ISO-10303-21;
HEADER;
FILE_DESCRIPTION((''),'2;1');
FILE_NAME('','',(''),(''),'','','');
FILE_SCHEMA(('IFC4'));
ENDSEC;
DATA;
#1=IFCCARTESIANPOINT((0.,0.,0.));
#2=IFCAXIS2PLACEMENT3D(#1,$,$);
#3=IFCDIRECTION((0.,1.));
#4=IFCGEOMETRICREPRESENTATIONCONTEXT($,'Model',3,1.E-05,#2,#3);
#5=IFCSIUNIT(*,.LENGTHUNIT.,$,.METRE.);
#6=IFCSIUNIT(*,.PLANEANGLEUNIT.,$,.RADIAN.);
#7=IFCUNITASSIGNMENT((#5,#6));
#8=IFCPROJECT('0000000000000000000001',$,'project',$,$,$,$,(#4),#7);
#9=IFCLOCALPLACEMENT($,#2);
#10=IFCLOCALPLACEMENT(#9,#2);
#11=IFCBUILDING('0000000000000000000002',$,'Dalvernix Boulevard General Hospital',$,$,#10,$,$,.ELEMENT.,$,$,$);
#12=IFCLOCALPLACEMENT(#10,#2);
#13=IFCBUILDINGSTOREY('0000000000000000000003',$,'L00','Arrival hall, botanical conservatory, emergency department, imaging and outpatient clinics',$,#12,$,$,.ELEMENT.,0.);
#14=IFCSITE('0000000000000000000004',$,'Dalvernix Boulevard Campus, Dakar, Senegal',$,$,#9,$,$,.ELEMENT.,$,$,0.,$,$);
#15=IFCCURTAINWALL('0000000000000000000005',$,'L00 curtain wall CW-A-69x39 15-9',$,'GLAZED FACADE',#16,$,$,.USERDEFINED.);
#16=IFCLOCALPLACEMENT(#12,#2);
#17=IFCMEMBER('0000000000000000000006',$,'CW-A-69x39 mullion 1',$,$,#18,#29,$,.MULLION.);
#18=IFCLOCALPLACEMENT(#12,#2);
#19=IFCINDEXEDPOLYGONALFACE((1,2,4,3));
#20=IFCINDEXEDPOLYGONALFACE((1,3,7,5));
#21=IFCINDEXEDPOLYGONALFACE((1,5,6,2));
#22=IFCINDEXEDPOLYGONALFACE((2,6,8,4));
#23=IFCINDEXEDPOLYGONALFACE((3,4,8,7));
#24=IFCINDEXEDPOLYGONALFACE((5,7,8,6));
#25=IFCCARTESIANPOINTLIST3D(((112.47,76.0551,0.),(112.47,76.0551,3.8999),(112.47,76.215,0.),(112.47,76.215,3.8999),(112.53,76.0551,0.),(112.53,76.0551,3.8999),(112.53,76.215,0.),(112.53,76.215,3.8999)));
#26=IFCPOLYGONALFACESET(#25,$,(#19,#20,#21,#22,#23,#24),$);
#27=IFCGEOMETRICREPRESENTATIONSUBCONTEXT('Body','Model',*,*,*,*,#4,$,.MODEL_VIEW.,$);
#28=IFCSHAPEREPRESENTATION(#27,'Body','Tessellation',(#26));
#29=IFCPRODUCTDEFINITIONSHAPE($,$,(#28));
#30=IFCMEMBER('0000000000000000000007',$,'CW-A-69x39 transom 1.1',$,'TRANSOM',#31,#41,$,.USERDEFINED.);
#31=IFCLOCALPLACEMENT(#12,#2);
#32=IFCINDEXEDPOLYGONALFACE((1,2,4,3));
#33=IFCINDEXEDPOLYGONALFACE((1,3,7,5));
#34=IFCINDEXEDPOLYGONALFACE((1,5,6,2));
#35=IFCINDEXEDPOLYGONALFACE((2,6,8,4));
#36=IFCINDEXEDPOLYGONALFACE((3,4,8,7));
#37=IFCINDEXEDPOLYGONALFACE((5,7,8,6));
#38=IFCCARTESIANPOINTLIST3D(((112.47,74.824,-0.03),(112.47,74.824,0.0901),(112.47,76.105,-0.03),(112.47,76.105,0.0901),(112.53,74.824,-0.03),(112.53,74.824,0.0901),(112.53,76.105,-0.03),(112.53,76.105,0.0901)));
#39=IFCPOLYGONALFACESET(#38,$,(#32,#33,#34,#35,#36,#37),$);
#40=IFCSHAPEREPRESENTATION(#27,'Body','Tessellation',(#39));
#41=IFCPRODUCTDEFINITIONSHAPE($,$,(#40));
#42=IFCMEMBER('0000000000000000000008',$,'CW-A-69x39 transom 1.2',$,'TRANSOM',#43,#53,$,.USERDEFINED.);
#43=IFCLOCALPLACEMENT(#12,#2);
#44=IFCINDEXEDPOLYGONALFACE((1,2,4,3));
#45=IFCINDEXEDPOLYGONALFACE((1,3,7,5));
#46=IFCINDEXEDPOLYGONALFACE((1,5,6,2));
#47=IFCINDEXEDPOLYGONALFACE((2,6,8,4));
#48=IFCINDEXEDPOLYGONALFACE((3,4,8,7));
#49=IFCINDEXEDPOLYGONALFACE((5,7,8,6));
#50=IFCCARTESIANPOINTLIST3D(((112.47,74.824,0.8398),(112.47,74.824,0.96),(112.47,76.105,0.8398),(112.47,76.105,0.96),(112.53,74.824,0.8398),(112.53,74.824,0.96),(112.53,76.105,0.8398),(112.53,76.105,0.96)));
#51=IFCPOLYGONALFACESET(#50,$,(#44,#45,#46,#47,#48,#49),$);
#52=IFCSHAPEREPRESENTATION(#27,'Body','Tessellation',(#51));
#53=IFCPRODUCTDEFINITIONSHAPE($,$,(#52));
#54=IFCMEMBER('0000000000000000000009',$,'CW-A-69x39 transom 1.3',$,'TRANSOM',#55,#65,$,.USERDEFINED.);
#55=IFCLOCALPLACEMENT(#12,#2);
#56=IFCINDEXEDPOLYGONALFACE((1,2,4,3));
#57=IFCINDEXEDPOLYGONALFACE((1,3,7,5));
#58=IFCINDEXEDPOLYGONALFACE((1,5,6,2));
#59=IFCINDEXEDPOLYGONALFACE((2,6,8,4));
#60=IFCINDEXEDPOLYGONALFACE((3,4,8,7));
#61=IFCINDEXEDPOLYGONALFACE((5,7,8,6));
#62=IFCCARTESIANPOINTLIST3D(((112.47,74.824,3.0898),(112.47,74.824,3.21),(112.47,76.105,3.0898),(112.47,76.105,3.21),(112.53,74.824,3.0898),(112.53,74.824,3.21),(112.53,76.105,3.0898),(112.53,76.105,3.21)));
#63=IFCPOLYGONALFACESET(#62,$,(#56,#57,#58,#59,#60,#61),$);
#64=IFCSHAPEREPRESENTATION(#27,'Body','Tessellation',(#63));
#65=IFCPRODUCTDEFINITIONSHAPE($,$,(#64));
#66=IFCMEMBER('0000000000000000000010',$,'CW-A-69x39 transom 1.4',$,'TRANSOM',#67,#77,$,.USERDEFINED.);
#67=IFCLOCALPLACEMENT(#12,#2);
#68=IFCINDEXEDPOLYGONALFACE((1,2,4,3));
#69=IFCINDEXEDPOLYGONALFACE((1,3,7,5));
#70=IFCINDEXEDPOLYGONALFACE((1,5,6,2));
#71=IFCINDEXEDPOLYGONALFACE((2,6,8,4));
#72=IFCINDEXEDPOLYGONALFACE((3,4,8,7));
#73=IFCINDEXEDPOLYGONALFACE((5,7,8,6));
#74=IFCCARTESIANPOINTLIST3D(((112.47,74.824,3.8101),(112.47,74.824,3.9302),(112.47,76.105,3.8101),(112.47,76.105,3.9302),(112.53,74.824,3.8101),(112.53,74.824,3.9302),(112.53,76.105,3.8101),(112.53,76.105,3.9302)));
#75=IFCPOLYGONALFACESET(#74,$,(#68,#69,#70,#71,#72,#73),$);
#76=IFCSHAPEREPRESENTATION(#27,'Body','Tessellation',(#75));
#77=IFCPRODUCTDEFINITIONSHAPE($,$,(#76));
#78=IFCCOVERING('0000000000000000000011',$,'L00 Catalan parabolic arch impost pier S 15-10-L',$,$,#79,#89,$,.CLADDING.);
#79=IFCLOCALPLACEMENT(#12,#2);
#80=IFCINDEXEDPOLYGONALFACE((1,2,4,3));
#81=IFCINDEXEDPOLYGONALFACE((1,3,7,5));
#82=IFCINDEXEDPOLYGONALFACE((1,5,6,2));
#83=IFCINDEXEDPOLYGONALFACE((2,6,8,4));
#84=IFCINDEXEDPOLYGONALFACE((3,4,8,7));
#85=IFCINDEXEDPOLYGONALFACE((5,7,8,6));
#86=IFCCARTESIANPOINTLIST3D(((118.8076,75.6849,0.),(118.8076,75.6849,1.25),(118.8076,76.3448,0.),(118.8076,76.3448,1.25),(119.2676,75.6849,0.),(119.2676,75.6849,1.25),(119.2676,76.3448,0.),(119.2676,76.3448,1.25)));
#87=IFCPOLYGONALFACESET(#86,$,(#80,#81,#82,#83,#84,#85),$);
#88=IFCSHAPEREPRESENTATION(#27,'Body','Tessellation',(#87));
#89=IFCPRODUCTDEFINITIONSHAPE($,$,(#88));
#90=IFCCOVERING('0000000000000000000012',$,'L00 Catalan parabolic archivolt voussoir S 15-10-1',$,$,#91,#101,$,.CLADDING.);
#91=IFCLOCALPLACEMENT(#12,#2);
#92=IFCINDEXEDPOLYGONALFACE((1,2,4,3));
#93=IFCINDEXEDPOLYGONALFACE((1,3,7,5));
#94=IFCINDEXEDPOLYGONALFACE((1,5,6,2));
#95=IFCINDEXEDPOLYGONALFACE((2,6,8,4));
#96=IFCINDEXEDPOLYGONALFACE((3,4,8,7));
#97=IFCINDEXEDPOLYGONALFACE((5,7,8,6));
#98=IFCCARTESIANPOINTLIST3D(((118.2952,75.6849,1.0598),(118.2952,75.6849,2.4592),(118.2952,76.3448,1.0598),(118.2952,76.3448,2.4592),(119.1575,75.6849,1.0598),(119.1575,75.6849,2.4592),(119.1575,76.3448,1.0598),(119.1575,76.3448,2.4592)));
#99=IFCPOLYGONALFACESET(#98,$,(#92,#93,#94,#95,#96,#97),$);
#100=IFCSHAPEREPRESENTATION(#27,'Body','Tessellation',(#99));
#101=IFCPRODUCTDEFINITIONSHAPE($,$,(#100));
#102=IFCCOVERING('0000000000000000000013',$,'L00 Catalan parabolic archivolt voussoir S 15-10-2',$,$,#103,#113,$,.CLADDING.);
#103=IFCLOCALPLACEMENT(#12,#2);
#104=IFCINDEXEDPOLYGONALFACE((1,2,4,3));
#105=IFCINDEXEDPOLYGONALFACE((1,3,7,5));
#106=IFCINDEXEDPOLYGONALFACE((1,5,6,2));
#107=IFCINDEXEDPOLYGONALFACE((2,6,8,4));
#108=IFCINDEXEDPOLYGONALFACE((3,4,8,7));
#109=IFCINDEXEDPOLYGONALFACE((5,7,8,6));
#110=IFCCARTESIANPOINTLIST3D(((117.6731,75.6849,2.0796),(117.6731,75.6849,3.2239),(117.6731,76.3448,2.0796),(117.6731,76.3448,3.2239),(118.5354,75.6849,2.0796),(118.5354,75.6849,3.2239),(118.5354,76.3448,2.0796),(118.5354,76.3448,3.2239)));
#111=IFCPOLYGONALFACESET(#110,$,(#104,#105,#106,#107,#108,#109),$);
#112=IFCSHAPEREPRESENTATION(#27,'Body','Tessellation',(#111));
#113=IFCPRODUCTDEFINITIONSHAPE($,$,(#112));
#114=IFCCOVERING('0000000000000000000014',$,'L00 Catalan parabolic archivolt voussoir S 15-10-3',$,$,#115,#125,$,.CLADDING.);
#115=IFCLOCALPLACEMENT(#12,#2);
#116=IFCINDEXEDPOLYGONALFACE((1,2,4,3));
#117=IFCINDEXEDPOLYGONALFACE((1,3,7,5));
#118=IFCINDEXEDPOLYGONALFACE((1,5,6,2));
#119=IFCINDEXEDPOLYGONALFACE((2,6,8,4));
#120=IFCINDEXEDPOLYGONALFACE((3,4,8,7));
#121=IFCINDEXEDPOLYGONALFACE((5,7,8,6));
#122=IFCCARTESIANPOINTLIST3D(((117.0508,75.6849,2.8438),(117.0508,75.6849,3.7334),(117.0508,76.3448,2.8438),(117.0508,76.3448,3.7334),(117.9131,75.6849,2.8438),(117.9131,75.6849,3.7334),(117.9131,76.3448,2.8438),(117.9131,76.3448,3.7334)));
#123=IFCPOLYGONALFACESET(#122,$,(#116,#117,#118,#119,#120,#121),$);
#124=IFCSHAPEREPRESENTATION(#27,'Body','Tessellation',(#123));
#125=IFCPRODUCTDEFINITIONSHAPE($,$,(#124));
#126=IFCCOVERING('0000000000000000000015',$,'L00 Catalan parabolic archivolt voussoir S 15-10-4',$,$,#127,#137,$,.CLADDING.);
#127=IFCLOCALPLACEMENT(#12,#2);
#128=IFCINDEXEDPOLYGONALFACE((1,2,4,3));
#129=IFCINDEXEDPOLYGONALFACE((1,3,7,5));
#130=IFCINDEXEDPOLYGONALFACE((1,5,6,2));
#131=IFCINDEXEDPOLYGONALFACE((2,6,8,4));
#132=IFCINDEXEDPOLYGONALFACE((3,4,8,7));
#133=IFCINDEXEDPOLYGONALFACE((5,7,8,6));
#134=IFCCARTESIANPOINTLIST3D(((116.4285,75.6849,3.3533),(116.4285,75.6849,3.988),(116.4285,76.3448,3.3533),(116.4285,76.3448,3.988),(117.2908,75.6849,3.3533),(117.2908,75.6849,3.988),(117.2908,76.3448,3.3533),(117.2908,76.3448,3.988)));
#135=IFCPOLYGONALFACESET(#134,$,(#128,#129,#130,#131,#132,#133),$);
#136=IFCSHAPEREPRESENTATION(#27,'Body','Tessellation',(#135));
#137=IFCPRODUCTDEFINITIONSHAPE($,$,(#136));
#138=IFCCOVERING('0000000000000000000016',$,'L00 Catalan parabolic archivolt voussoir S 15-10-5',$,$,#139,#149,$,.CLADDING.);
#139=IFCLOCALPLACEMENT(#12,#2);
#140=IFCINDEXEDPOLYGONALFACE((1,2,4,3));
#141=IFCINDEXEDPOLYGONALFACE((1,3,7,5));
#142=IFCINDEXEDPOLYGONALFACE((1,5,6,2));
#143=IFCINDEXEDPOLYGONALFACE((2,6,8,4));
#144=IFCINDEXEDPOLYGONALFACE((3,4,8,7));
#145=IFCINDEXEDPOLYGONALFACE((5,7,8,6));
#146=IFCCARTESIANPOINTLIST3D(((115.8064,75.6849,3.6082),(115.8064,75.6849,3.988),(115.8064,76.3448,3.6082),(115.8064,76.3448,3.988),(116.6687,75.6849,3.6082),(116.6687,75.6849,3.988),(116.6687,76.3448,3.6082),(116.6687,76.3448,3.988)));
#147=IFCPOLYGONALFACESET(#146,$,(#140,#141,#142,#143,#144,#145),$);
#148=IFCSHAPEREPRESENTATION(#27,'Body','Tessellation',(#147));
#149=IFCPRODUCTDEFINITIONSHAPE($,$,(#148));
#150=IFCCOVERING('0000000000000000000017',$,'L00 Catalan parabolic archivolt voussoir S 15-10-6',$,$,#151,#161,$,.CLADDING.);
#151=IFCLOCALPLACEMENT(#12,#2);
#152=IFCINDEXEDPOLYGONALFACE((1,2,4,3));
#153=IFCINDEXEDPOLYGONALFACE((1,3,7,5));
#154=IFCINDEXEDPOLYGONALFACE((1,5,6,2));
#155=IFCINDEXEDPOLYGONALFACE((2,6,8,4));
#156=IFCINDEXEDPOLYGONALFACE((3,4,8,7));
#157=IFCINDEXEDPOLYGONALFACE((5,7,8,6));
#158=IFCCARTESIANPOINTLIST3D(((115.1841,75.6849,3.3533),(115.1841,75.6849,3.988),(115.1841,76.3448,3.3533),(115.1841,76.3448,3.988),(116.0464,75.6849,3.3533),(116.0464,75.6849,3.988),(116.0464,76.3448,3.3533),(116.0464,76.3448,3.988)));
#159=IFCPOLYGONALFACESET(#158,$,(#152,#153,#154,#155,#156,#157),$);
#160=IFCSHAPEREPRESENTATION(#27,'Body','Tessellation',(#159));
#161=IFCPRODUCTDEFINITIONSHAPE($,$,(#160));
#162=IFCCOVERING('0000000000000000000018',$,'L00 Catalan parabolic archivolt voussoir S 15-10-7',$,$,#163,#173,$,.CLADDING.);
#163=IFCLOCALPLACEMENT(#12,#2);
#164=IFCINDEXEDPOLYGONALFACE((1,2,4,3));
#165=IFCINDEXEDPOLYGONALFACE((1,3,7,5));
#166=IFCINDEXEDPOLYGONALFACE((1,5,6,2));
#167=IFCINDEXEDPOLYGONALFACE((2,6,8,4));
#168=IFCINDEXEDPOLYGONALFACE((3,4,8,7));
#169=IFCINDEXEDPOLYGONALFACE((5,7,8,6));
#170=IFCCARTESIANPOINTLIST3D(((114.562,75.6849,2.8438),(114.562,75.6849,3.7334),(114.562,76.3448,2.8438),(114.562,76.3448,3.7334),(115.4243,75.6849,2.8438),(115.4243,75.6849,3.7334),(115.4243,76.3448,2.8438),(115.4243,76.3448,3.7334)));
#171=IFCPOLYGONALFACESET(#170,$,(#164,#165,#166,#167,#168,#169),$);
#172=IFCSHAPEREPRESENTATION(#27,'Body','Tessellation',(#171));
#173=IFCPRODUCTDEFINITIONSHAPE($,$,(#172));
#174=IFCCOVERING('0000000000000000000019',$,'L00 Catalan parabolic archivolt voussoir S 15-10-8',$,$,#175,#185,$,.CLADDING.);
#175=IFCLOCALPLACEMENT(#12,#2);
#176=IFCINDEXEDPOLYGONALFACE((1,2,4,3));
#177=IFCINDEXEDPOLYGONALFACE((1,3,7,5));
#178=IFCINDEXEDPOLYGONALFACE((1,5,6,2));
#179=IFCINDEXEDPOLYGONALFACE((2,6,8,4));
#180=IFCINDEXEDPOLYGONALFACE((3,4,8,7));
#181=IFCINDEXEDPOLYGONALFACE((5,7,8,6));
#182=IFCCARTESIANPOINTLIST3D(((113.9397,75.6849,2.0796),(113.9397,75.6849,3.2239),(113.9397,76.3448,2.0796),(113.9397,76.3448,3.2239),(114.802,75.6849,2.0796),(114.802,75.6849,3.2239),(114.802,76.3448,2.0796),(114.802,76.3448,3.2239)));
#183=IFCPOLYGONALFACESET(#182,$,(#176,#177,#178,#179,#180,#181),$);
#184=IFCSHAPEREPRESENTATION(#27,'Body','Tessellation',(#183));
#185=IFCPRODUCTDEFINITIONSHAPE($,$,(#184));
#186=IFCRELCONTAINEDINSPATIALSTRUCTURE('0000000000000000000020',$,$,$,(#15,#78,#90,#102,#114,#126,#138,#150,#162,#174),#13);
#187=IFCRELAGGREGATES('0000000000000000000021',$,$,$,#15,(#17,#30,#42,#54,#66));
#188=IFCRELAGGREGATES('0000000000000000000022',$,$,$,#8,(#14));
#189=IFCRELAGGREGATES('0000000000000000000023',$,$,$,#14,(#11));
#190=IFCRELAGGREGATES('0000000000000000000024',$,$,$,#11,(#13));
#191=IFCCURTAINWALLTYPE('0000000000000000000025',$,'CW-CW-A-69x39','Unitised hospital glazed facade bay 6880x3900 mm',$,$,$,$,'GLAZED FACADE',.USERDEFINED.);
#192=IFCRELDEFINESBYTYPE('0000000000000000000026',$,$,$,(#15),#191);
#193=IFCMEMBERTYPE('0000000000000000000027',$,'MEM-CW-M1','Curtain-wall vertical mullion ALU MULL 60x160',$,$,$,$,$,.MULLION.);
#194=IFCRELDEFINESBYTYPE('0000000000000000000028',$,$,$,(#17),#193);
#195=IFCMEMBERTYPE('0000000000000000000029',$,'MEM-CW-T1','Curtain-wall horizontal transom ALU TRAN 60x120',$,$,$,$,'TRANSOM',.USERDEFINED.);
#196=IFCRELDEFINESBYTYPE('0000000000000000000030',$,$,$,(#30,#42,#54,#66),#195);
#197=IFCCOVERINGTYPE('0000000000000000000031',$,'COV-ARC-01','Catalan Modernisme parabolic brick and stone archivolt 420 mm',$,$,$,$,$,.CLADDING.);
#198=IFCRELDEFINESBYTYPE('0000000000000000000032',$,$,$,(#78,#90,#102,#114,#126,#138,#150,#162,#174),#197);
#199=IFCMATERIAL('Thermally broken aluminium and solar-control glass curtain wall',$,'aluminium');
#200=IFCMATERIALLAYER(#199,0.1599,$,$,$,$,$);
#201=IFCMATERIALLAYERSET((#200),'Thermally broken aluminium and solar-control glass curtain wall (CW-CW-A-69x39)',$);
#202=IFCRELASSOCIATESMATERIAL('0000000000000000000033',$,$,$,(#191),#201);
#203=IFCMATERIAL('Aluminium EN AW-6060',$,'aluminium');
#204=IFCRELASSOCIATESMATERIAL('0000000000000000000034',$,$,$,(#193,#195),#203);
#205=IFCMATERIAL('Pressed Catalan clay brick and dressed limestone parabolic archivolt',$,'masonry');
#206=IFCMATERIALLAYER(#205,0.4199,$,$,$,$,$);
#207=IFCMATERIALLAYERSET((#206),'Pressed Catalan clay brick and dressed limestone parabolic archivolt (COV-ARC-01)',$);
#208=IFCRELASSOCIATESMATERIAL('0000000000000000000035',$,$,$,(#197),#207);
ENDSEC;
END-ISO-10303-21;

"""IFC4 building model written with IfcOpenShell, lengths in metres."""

from ifc_helpers import new_model, si_unit, direction, frame, origin, origin_2d, place, context, subcontext, project, spatial, rectangle, extrude, material, layer, layer_set, material_profile, profile_set, type_object, element, aggregate, save


model = new_model("IFC4")

# Units and contexts
model_context = context("Model", 3, precision=1e-05, world=origin(), true_north=direction((0.0, 1.0)))
body_context = subcontext(model_context, "Body", "Model", "MODEL_VIEW")
ifc_project = project(units=[si_unit("LENGTHUNIT", "METRE"), si_unit("PLANEANGLEUNIT", "RADIAN")], contexts=[model_context])

# Site, building, storey
site_placement = place(None, origin())
site = spatial("IfcSite", under=ifc_project, at=site_placement, Name="Dalvernix Boulevard Campus, Dakar, Senegal", CompositionType="ELEMENT", RefElevation=0.0)
building_placement = place(site_placement, origin())
building = spatial("IfcBuilding", under=site, at=building_placement, Name="Dalvernix Boulevard General Hospital", CompositionType="ELEMENT")
storey_placement = place(building_placement, origin())
storey = spatial("IfcBuildingStorey", under=building, at=storey_placement, Name="L00", Description="Arrival hall, botanical conservatory, emergency department, imaging and outpatient clinics", CompositionType="ELEMENT", Elevation=0.0)

# Curtain wall, members
ifc_material_1 = material(Name="Thermally broken aluminium and solar-control glass curtain wall", Category="aluminium")
ifc_layer_1 = layer(ifc_material_1, 0.1599)
ifc_layer_set_1 = layer_set([ifc_layer_1], Name="Thermally broken aluminium and solar-control glass curtain wall (CW-CW-A-69x39)")
curtain_wall_type = type_object("IfcCurtainWallType", Name="CW-CW-A-69x39", Description="Unitised hospital glazed facade bay 6880x3900 mm", ElementType="GLAZED FACADE", PredefinedType="USERDEFINED", material=ifc_layer_set_1)
curtain_wall_placement = place(storey_placement, origin())
curtain_wall = element("IfcCurtainWall", 1, at=curtain_wall_placement, inside=storey, type_object=curtain_wall_type, Name="L00 curtain wall CW-A-69x39 15-9", ObjectType="GLAZED FACADE", PredefinedType="USERDEFINED")
ifc_material_2 = material(Name="Aluminium EN AW-6060", Category="aluminium")
ifc_material_profile_1 = material_profile(ifc_material_2, rectangle(XDim=0.0601, YDim=0.1599, at=origin_2d()), Name="ALU MULL 60x160")
ifc_profile_set_1 = profile_set([ifc_material_profile_1], Name="Aluminium EN AW-6060")
member_type_1 = type_object("IfcMemberType", Name="MEM-CW-M1", Description="Curtain-wall vertical mullion ALU MULL 60x160", PredefinedType="MULLION", material=ifc_profile_set_1)
member_1_placement = place(storey_placement, frame((112.5, 76.135, 0.0), z_axis=(0.0, 0.0, 1.0), x_axis=(1.0, 0.0, 0.0)))
member_1 = element("IfcMember", 2, at=member_1_placement, type_object=member_type_1, Name="CW-A-69x39 mullion 1", PredefinedType="MULLION", context=body_context, shape_type="SweptSolid", body=[
    extrude(rectangle(XDim=0.0601, YDim=0.1599, at=origin_2d()), origin(), (0.0, 0.0, 1.0), 3.8999),
])
ifc_material_profile_2 = material_profile(ifc_material_2, rectangle(XDim=0.0601, YDim=0.1201, at=origin_2d()), Name="ALU TRAN 60x120")
ifc_profile_set_2 = profile_set([ifc_material_profile_2], Name="Aluminium EN AW-6060")
member_type_2 = type_object("IfcMemberType", Name="MEM-CW-T1", Description="Curtain-wall horizontal transom ALU TRAN 60x120", ElementType="TRANSOM", PredefinedType="USERDEFINED", material=ifc_profile_set_2)
member_2_placement = place(storey_placement, frame((112.5, 76.105, 0.03), z_axis=(0.0, -1.0, 0.0), x_axis=(1.0, 0.0, 0.0)))
member_2 = element("IfcMember", 3, at=member_2_placement, type_object=member_type_2, Name="CW-A-69x39 transom 1.1", ObjectType="TRANSOM", PredefinedType="USERDEFINED", context=body_context, shape_type="SweptSolid", body=[
    extrude(rectangle(XDim=0.0601, YDim=0.1201, at=origin_2d()), origin(), (0.0, 0.0, 1.0), 1.281),
])
member_3_placement = place(storey_placement, frame((112.5, 76.105, 0.8999), z_axis=(0.0, -1.0, 0.0), x_axis=(1.0, 0.0, 0.0)))
member_3 = element("IfcMember", 4, at=member_3_placement, type_object=member_type_2, Name="CW-A-69x39 transom 1.2", ObjectType="TRANSOM", PredefinedType="USERDEFINED", context=body_context, shape_type="SweptSolid", body=[
    extrude(rectangle(XDim=0.0601, YDim=0.1201, at=origin_2d()), origin(), (0.0, 0.0, 1.0), 1.281),
])
member_4_placement = place(storey_placement, frame((112.5, 76.105, 3.1499), z_axis=(0.0, -1.0, 0.0), x_axis=(1.0, 0.0, 0.0)))
member_4 = element("IfcMember", 5, at=member_4_placement, type_object=member_type_2, Name="CW-A-69x39 transom 1.3", ObjectType="TRANSOM", PredefinedType="USERDEFINED", context=body_context, shape_type="SweptSolid", body=[
    extrude(rectangle(XDim=0.0601, YDim=0.1201, at=origin_2d()), origin(), (0.0, 0.0, 1.0), 1.281),
])
member_5_placement = place(storey_placement, frame((112.5, 76.105, 3.8701), z_axis=(0.0, -1.0, 0.0), x_axis=(1.0, 0.0, 0.0)))
member_5 = element("IfcMember", 6, at=member_5_placement, type_object=member_type_2, Name="CW-A-69x39 transom 1.4", ObjectType="TRANSOM", PredefinedType="USERDEFINED", context=body_context, shape_type="SweptSolid", body=[
    extrude(rectangle(XDim=0.0601, YDim=0.1201, at=origin_2d()), origin(), (0.0, 0.0, 1.0), 1.281),
])
aggregate(curtain_wall, [member_1, member_2, member_3, member_4, member_5])

# Coverings
ifc_material_3 = material(Name="Pressed Catalan clay brick and dressed limestone parabolic archivolt", Category="masonry")
ifc_layer_2 = layer(ifc_material_3, 0.4199)
ifc_layer_set_2 = layer_set([ifc_layer_2], Name="Pressed Catalan clay brick and dressed limestone parabolic archivolt (COV-ARC-01)")
covering_type_1 = type_object("IfcCoveringType", Name="COV-ARC-01", Description="Catalan Modernisme parabolic brick and stone archivolt 420 mm", PredefinedType="CLADDING", material=ifc_layer_set_2)
covering_1_placement = place(storey_placement, frame((119.0376, 76.0149, 0.0), z_axis=(0.0, 0.0, 1.0), x_axis=(-1.0, 0.0, 0.0)))
element("IfcCovering", 7, at=covering_1_placement, inside=storey, type_object=covering_type_1, Name="L00 Catalan parabolic arch impost pier S 15-10-L", PredefinedType="CLADDING", context=body_context, shape_type="SweptSolid", body=[
    extrude(rectangle(XDim=0.46, YDim=0.6599, at=origin_2d()), origin(), (0.0, 0.0, 1.0), 1.25),
])
covering_2_placement = place(storey_placement, frame((118.7263, 76.0149, 1.0598), z_axis=(0.0, 0.0, 1.0), x_axis=(-1.0, 0.0, 0.0)))
element("IfcCovering", 8, at=covering_2_placement, inside=storey, type_object=covering_type_1, Name="L00 Catalan parabolic archivolt voussoir S 15-10-1", PredefinedType="CLADDING", context=body_context, shape_type="SweptSolid", body=[
    extrude(rectangle(XDim=0.8623, YDim=0.6599, at=origin_2d()), origin(), (0.0, 0.0, 1.0), 1.3994),
])
covering_3_placement = place(storey_placement, frame((118.1042, 76.0149, 2.0796), z_axis=(0.0, 0.0, 1.0), x_axis=(-1.0, 0.0, 0.0)))
element("IfcCovering", 9, at=covering_3_placement, inside=storey, type_object=covering_type_1, Name="L00 Catalan parabolic archivolt voussoir S 15-10-2", PredefinedType="CLADDING", context=body_context, shape_type="SweptSolid", body=[
    extrude(rectangle(XDim=0.8623, YDim=0.6599, at=origin_2d()), origin(), (0.0, 0.0, 1.0), 1.1443),
])
covering_4_placement = place(storey_placement, frame((117.4819, 76.0149, 2.8438), z_axis=(0.0, 0.0, 1.0), x_axis=(-1.0, 0.0, 0.0)))
element("IfcCovering", 10, at=covering_4_placement, inside=storey, type_object=covering_type_1, Name="L00 Catalan parabolic archivolt voussoir S 15-10-3", PredefinedType="CLADDING", context=body_context, shape_type="SweptSolid", body=[
    extrude(rectangle(XDim=0.8623, YDim=0.6599, at=origin_2d()), origin(), (0.0, 0.0, 1.0), 0.8896),
])
covering_5_placement = place(storey_placement, frame((116.8596, 76.0149, 3.3533), z_axis=(0.0, 0.0, 1.0), x_axis=(-1.0, 0.0, 0.0)))
element("IfcCovering", 11, at=covering_5_placement, inside=storey, type_object=covering_type_1, Name="L00 Catalan parabolic archivolt voussoir S 15-10-4", PredefinedType="CLADDING", context=body_context, shape_type="SweptSolid", body=[
    extrude(rectangle(XDim=0.8623, YDim=0.6599, at=origin_2d()), origin(), (0.0, 0.0, 1.0), 0.6348),
])
covering_6_placement = place(storey_placement, frame((116.2375, 76.0149, 3.6082), z_axis=(0.0, 0.0, 1.0), x_axis=(-1.0, 0.0, 0.0)))
element("IfcCovering", 12, at=covering_6_placement, inside=storey, type_object=covering_type_1, Name="L00 Catalan parabolic archivolt voussoir S 15-10-5", PredefinedType="CLADDING", context=body_context, shape_type="SweptSolid", body=[
    extrude(rectangle(XDim=0.8623, YDim=0.6599, at=origin_2d()), origin(), (0.0, 0.0, 1.0), 0.3799),
])
covering_7_placement = place(storey_placement, frame((115.6152, 76.0149, 3.3533), z_axis=(0.0, 0.0, 1.0), x_axis=(-1.0, 0.0, 0.0)))
element("IfcCovering", 13, at=covering_7_placement, inside=storey, type_object=covering_type_1, Name="L00 Catalan parabolic archivolt voussoir S 15-10-6", PredefinedType="CLADDING", context=body_context, shape_type="SweptSolid", body=[
    extrude(rectangle(XDim=0.8623, YDim=0.6599, at=origin_2d()), origin(), (0.0, 0.0, 1.0), 0.6348),
])
covering_8_placement = place(storey_placement, frame((114.9932, 76.0149, 2.8438), z_axis=(0.0, 0.0, 1.0), x_axis=(-1.0, 0.0, 0.0)))
element("IfcCovering", 14, at=covering_8_placement, inside=storey, type_object=covering_type_1, Name="L00 Catalan parabolic archivolt voussoir S 15-10-7", PredefinedType="CLADDING", context=body_context, shape_type="SweptSolid", body=[
    extrude(rectangle(XDim=0.8623, YDim=0.6599, at=origin_2d()), origin(), (0.0, 0.0, 1.0), 0.8896),
])
covering_9_placement = place(storey_placement, frame((114.3708, 76.0149, 2.0796), z_axis=(0.0, 0.0, 1.0), x_axis=(-1.0, 0.0, 0.0)))
element("IfcCovering", 15, at=covering_9_placement, inside=storey, type_object=covering_type_1, Name="L00 Catalan parabolic archivolt voussoir S 15-10-8", PredefinedType="CLADDING", context=body_context, shape_type="SweptSolid", body=[
    extrude(rectangle(XDim=0.8623, YDim=0.6599, at=origin_2d()), origin(), (0.0, 0.0, 1.0), 1.1443),
])

save(model, "model.ifc")
